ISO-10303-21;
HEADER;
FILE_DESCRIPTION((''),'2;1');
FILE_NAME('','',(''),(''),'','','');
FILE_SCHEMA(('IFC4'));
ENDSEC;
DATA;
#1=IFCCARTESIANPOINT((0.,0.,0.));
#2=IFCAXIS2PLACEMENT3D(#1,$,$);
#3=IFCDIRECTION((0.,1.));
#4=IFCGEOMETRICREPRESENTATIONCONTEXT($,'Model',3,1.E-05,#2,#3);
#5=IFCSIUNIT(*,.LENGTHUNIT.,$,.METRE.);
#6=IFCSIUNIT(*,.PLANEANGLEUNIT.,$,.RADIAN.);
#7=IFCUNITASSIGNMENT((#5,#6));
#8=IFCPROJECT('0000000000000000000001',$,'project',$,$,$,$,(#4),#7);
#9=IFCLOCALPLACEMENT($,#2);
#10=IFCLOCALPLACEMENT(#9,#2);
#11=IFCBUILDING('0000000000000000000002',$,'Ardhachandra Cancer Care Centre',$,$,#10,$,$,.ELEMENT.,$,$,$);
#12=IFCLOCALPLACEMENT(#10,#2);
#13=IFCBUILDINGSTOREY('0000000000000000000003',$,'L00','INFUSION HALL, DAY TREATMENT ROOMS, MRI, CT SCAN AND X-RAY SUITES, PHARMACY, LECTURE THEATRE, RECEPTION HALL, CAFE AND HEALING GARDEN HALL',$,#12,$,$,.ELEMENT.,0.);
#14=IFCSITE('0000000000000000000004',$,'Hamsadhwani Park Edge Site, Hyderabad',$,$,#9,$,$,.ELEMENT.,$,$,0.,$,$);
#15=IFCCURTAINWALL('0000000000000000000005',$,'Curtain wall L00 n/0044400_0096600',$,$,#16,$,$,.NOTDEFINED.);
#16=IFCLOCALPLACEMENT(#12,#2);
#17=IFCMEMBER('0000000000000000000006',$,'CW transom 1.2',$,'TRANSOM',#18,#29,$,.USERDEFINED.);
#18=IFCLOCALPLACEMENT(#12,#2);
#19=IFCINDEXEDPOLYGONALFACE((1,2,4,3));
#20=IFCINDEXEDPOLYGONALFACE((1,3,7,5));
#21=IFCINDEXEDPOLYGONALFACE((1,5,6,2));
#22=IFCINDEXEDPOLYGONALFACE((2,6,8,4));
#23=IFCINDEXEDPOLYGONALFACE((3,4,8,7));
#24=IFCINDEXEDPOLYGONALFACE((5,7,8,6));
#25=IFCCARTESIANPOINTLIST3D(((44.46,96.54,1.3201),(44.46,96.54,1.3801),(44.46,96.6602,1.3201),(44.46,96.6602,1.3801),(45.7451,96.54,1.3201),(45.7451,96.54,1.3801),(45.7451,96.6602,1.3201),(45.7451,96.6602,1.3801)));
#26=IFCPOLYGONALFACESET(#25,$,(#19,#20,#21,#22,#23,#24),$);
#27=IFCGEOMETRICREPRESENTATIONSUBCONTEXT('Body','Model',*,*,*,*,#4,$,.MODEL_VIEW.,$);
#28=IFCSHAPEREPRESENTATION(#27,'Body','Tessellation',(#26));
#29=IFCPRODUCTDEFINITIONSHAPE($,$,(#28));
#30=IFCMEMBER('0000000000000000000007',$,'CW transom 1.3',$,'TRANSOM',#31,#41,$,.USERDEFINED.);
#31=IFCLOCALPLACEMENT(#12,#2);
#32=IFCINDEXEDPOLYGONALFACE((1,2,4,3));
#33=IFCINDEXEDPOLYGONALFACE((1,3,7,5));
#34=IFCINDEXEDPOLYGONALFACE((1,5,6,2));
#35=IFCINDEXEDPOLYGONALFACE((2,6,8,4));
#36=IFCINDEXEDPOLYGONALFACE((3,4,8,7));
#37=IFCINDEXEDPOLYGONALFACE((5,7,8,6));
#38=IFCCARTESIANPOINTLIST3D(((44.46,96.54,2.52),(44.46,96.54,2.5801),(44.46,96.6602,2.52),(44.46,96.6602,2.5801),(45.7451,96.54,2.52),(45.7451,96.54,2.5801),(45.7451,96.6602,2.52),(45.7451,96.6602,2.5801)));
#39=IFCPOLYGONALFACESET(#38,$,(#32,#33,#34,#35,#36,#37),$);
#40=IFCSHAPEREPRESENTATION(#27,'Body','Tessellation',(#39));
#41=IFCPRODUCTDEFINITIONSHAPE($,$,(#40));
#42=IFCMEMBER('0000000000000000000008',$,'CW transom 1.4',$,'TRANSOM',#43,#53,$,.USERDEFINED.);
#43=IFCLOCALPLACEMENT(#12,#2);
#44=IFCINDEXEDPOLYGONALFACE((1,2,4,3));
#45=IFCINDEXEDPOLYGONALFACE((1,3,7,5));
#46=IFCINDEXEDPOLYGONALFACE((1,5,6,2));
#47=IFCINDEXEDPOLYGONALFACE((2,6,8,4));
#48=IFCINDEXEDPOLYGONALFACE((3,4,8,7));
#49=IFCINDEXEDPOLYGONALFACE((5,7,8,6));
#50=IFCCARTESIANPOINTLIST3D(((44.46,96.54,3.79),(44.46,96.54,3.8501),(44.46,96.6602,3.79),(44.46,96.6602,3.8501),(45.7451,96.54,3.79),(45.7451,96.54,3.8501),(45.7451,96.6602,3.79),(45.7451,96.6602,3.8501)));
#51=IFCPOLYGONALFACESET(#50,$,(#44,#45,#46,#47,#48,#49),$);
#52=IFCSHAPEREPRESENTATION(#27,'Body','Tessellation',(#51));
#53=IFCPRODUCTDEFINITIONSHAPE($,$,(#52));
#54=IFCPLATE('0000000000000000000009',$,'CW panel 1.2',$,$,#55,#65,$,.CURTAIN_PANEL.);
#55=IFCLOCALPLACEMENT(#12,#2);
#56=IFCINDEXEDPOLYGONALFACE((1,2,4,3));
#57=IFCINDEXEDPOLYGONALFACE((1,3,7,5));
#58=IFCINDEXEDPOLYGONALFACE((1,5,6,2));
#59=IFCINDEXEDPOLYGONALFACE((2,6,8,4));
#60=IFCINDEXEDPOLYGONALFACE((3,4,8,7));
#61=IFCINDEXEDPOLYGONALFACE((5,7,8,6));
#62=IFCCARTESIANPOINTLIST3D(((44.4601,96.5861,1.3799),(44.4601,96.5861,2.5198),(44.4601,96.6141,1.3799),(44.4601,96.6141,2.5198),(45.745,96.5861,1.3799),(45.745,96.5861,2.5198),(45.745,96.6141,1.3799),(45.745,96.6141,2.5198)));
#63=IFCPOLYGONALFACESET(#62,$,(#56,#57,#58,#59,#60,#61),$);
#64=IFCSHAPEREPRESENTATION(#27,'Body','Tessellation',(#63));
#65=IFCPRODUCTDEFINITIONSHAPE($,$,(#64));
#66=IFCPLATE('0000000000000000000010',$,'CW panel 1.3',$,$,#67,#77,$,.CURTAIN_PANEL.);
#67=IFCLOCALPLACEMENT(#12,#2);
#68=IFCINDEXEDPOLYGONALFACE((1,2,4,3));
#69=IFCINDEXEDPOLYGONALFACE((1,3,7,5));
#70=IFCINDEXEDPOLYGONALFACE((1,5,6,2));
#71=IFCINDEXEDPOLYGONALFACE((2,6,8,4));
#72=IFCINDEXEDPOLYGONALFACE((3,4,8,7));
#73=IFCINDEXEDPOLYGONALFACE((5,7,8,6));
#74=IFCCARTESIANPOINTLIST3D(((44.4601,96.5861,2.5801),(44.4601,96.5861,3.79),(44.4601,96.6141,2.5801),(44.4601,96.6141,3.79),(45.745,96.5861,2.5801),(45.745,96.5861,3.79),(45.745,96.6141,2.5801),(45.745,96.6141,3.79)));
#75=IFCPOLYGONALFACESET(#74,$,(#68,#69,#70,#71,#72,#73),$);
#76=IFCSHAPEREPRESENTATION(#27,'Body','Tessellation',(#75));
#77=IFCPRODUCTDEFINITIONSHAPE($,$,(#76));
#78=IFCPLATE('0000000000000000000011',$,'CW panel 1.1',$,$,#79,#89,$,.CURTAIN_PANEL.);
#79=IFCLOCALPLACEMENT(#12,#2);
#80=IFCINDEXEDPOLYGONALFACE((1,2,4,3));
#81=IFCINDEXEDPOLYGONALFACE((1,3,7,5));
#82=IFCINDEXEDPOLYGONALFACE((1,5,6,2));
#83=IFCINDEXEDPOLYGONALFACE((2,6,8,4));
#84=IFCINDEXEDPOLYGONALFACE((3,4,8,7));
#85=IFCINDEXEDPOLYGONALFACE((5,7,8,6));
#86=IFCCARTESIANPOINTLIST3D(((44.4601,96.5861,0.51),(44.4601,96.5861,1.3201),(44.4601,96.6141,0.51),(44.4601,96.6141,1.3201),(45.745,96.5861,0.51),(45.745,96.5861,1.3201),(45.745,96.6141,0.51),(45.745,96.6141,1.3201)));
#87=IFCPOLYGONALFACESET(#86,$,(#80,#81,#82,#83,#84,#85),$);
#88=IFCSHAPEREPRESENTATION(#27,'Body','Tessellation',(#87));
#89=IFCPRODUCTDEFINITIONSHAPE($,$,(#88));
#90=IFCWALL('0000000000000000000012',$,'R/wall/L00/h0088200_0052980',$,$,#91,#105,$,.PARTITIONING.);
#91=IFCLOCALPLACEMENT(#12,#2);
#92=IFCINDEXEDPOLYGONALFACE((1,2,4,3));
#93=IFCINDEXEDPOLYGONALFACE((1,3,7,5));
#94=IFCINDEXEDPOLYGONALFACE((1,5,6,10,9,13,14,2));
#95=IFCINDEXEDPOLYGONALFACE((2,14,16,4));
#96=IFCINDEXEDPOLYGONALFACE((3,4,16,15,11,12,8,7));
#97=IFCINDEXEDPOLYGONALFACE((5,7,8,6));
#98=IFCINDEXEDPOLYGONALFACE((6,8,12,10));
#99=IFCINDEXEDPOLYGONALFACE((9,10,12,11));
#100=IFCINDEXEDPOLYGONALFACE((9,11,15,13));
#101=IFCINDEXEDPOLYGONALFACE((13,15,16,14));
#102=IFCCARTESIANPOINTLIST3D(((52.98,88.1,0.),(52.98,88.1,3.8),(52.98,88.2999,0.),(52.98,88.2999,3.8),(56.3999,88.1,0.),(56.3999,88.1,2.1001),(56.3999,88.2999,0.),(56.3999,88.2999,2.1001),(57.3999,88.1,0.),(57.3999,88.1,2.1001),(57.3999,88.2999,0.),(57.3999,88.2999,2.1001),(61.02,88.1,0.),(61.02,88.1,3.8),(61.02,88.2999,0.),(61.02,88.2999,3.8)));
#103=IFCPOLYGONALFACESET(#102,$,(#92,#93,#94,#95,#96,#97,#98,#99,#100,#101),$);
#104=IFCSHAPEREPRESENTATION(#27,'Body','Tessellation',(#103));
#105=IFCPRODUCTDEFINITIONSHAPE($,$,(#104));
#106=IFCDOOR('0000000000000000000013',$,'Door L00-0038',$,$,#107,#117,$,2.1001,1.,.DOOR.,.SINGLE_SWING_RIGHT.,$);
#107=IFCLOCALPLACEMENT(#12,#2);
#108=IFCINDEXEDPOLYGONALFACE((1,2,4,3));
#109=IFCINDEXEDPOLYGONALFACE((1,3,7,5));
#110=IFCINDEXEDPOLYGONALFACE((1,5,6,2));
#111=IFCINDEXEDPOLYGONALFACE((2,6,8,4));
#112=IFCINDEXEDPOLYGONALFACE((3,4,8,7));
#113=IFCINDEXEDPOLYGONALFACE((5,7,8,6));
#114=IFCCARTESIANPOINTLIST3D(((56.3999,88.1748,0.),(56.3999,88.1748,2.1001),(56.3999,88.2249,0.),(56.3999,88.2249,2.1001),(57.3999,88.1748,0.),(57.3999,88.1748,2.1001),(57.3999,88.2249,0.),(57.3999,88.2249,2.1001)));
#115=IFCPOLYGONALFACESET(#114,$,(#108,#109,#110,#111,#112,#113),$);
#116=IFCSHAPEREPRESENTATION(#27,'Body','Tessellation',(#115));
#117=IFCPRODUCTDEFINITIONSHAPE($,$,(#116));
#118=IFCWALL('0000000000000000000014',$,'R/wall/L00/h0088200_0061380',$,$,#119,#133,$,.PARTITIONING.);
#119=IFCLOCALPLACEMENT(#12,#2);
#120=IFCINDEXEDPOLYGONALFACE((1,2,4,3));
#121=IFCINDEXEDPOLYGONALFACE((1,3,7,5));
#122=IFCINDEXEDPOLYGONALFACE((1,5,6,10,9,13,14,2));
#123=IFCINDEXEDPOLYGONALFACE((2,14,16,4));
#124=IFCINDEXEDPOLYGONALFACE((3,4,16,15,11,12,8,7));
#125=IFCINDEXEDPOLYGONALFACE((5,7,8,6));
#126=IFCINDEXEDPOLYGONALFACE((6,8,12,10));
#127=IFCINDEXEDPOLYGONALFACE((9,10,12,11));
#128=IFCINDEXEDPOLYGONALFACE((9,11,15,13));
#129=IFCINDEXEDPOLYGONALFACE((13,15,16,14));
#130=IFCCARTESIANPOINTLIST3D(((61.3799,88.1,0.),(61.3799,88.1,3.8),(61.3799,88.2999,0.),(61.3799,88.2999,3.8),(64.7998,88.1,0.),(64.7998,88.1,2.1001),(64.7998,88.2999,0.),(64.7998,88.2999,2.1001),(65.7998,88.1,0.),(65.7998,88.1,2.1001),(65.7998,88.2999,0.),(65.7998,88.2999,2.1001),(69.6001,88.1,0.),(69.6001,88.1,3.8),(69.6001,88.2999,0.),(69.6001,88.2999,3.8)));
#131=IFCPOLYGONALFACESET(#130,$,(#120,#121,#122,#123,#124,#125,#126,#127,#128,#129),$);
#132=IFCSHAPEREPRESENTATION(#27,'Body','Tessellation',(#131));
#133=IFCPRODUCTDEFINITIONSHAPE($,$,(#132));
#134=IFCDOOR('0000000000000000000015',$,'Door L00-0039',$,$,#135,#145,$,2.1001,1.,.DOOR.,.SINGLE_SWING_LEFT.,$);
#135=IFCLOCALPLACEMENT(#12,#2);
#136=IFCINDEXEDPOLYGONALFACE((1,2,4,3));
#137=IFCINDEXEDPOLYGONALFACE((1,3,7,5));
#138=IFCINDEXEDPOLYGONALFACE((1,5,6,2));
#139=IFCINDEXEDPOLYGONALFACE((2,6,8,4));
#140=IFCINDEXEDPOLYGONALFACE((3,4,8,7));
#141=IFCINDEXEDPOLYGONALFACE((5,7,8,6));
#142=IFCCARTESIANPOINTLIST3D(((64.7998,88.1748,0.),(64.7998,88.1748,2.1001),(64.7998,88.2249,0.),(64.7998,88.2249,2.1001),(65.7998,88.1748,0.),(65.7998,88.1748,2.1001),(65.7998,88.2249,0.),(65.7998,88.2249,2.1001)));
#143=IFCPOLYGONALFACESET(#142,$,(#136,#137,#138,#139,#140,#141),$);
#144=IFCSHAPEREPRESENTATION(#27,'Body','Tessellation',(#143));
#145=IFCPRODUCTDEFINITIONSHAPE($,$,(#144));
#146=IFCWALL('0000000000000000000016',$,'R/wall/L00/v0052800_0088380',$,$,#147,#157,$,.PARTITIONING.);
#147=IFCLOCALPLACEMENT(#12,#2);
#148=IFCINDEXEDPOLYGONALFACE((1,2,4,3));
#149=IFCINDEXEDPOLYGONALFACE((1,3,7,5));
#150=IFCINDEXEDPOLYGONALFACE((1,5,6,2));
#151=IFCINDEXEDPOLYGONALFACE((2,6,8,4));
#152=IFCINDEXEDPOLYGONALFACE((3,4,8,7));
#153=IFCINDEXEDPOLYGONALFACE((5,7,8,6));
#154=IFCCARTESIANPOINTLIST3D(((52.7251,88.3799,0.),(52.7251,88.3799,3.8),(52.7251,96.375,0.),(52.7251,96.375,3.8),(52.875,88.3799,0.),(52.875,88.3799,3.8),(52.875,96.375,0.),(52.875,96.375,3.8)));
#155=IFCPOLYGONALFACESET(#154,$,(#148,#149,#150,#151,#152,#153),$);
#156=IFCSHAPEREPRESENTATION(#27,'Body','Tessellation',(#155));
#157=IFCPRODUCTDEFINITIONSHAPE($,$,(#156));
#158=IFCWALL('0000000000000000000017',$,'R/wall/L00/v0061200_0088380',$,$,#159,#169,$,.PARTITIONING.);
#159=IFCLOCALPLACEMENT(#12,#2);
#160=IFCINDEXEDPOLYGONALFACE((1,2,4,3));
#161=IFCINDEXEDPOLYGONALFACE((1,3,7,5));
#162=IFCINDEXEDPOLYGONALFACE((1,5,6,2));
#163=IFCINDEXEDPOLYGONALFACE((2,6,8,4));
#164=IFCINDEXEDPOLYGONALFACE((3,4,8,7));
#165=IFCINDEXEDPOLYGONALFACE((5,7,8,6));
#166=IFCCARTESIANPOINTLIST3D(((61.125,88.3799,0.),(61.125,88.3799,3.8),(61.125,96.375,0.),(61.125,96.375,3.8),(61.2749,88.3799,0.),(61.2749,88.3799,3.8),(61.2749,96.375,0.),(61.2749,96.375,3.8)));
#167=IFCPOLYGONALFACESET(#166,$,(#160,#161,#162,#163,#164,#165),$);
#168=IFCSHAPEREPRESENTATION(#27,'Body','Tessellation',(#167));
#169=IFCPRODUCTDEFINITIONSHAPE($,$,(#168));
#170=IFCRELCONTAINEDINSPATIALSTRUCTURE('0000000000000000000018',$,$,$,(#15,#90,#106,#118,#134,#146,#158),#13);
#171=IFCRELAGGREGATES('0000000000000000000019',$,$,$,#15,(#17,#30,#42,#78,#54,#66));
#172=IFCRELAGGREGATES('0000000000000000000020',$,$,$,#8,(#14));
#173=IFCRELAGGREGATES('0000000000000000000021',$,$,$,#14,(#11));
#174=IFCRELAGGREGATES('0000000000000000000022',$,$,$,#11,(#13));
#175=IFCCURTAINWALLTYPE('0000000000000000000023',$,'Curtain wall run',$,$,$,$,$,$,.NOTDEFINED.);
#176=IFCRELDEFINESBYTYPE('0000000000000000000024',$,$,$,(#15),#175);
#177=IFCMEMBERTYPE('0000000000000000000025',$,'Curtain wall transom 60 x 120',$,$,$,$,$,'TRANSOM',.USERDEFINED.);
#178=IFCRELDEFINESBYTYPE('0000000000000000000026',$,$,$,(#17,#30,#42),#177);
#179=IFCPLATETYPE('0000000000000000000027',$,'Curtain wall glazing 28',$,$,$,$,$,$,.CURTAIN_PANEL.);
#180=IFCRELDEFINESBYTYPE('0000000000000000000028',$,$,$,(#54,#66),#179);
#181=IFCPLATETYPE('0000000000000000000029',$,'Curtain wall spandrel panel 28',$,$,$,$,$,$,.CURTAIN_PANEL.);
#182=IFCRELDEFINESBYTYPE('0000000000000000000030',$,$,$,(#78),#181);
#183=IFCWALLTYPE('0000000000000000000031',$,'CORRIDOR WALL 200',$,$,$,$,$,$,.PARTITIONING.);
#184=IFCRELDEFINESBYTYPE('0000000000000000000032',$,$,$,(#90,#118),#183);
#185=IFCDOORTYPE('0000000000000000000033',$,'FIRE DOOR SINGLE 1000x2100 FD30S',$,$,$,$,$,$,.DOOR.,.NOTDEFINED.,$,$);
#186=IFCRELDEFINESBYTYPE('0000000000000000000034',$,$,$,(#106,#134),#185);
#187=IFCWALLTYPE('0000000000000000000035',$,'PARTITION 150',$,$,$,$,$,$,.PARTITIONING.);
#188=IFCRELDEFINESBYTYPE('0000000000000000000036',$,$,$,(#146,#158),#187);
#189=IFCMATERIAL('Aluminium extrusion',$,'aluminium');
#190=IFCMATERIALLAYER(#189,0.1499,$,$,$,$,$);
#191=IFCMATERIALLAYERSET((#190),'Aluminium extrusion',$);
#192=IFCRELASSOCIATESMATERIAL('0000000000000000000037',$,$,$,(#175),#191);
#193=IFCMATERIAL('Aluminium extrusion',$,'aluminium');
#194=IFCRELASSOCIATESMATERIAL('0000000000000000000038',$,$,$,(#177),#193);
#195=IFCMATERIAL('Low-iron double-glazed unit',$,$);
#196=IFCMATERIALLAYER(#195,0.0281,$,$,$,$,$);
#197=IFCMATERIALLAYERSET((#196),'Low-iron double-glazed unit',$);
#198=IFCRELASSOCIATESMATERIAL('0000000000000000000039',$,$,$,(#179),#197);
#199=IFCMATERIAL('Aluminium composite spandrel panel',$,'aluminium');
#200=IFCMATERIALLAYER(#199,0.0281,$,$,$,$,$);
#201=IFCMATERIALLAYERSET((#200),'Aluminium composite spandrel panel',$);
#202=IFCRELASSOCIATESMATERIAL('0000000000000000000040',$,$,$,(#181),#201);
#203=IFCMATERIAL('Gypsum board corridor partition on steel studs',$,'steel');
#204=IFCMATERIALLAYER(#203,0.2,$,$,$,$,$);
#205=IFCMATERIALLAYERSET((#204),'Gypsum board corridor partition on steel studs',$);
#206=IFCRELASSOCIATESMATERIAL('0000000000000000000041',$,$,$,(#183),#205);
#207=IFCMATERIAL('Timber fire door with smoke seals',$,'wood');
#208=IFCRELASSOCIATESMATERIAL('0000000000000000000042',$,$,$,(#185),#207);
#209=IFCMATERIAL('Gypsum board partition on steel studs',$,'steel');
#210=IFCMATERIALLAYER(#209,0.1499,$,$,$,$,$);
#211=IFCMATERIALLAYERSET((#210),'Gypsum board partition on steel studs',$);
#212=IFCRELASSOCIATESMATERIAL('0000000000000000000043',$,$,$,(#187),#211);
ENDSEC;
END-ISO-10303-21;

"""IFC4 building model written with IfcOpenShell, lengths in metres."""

from ifc_helpers import new_model, si_unit, direction, frame, frame_2d, origin, origin_2d, place, context, subcontext, project, spatial, rectangle, extrude, material, layer, layer_set, material_profile, profile_set, type_object, element, fill, aggregate, save


model = new_model("IFC4")

# Units and contexts
model_context = context("Model", 3, precision=1e-05, world=origin(), true_north=direction((0.0, 1.0)))
body_context = subcontext(model_context, "Body", "Model", "MODEL_VIEW")
ifc_project = project(units=[si_unit("LENGTHUNIT", "METRE"), si_unit("PLANEANGLEUNIT", "RADIAN")], contexts=[model_context])

# Site, building, storey
site_placement = place(None, origin())
site = spatial("IfcSite", under=ifc_project, at=site_placement, Name="Hamsadhwani Park Edge Site, Hyderabad", CompositionType="ELEMENT", RefElevation=0.0)
building_placement = place(site_placement, origin())
building = spatial("IfcBuilding", under=site, at=building_placement, Name="Ardhachandra Cancer Care Centre", CompositionType="ELEMENT")
storey_placement = place(building_placement, origin())
storey = spatial("IfcBuildingStorey", under=building, at=storey_placement, Name="L00", Description="INFUSION HALL, DAY TREATMENT ROOMS, MRI, CT SCAN AND X-RAY SUITES, PHARMACY, LECTURE THEATRE, RECEPTION HALL, CAFE AND HEALING GARDEN HALL", CompositionType="ELEMENT", Elevation=0.0)

# Curtain wall, members, plates
ifc_material_1 = material(Name="Aluminium extrusion", Category="aluminium")
ifc_layer_1 = layer(ifc_material_1, 0.1499)
ifc_layer_set_1 = layer_set([ifc_layer_1], Name="Aluminium extrusion")
curtain_wall_type = type_object("IfcCurtainWallType", Name="Curtain wall run", PredefinedType="NOTDEFINED", material=ifc_layer_set_1)
curtain_wall_placement = place(storey_placement, origin())
curtain_wall = element("IfcCurtainWall", 1, at=curtain_wall_placement, inside=storey, type_object=curtain_wall_type, Name="Curtain wall L00 n/0044400_0096600", PredefinedType="NOTDEFINED")
ifc_material_2 = material(Name="Aluminium extrusion", Category="aluminium")
ifc_material_profile_1 = material_profile(ifc_material_2, rectangle(XDim=0.1201, YDim=0.0601, at=origin_2d()), Name="Curtain wall transom 60 x 120")
ifc_profile_set_1 = profile_set([ifc_material_profile_1], Name="Aluminium extrusion")
member_type = type_object("IfcMemberType", Name="Curtain wall transom 60 x 120", ElementType="TRANSOM", PredefinedType="USERDEFINED", material=ifc_profile_set_1)
member_1_placement = place(storey_placement, frame((44.46, 96.6001, 1.3501), z_axis=(1.0, 0.0, 0.0), x_axis=(0.0, 1.0, 0.0)))
member_1 = element("IfcMember", 2, at=member_1_placement, type_object=member_type, Name="CW transom 1.2", ObjectType="TRANSOM", PredefinedType="USERDEFINED", context=body_context, shape_type="SweptSolid", body=[
    extrude(rectangle(XDim=0.1201, YDim=0.0601, at=origin_2d()), origin(), (0.0, 0.0, 1.0), 1.2852),
])
member_2_placement = place(storey_placement, frame((44.46, 96.6001, 2.55), z_axis=(1.0, 0.0, 0.0), x_axis=(0.0, 1.0, 0.0)))
member_2 = element("IfcMember", 3, at=member_2_placement, type_object=member_type, Name="CW transom 1.3", ObjectType="TRANSOM", PredefinedType="USERDEFINED", context=body_context, shape_type="SweptSolid", body=[
    extrude(rectangle(XDim=0.1201, YDim=0.0601, at=origin_2d()), origin(), (0.0, 0.0, 1.0), 1.2852),
])
member_3_placement = place(storey_placement, frame((44.46, 96.6001, 3.8201), z_axis=(1.0, 0.0, 0.0), x_axis=(0.0, 1.0, 0.0)))
member_3 = element("IfcMember", 4, at=member_3_placement, type_object=member_type, Name="CW transom 1.4", ObjectType="TRANSOM", PredefinedType="USERDEFINED", context=body_context, shape_type="SweptSolid", body=[
    extrude(rectangle(XDim=0.1201, YDim=0.0601, at=origin_2d()), origin(), (0.0, 0.0, 1.0), 1.2852),
])
ifc_material_3 = material(Name="Low-iron double-glazed unit")
ifc_layer_2 = layer(ifc_material_3, 0.0281)
ifc_layer_set_2 = layer_set([ifc_layer_2], Name="Low-iron double-glazed unit")
plate_type_1 = type_object("IfcPlateType", Name="Curtain wall glazing 28", PredefinedType="CURTAIN_PANEL", material=ifc_layer_set_2)
plate_1_placement = place(storey_placement, frame((45.1025, 96.6001, 1.3799), z_axis=(0.0, 0.0, 1.0), x_axis=(1.0, 0.0, 0.0)))
plate_1 = element("IfcPlate", 5, at=plate_1_placement, type_object=plate_type_1, Name="CW panel 1.2", PredefinedType="CURTAIN_PANEL", context=body_context, shape_type="SweptSolid", body=[
    extrude(rectangle(XDim=1.2849, YDim=0.0281, at=origin_2d()), origin(), (0.0, 0.0, 1.0), 1.1399),
])
plate_2_placement = place(storey_placement, frame((45.1025, 96.6001, 2.5801), z_axis=(0.0, 0.0, 1.0), x_axis=(1.0, 0.0, 0.0)))
plate_2 = element("IfcPlate", 6, at=plate_2_placement, type_object=plate_type_1, Name="CW panel 1.3", PredefinedType="CURTAIN_PANEL", context=body_context, shape_type="SweptSolid", body=[
    extrude(rectangle(XDim=1.2849, YDim=0.0281, at=origin_2d()), origin(), (0.0, 0.0, 1.0), 1.21),
])
ifc_material_4 = material(Name="Aluminium composite spandrel panel", Category="aluminium")
ifc_layer_3 = layer(ifc_material_4, 0.0281)
ifc_layer_set_3 = layer_set([ifc_layer_3], Name="Aluminium composite spandrel panel")
plate_type_2 = type_object("IfcPlateType", Name="Curtain wall spandrel panel 28", PredefinedType="CURTAIN_PANEL", material=ifc_layer_set_3)
plate_3_placement = place(storey_placement, frame((45.1025, 96.6001, 0.51), z_axis=(0.0, 0.0, 1.0), x_axis=(1.0, 0.0, 0.0)))
plate_3 = element("IfcPlate", 7, at=plate_3_placement, type_object=plate_type_2, Name="CW panel 1.1", PredefinedType="CURTAIN_PANEL", context=body_context, shape_type="SweptSolid", body=[
    extrude(rectangle(XDim=1.2849, YDim=0.0281, at=origin_2d()), origin(), (0.0, 0.0, 1.0), 0.8101),
])
aggregate(curtain_wall, [member_1, member_2, member_3, plate_3, plate_1, plate_2])

# Walls, openings, doors
ifc_material_5 = material(Name="Gypsum board corridor partition on steel studs", Category="steel")
ifc_layer_4 = layer(ifc_material_5, 0.2)
ifc_layer_set_4 = layer_set([ifc_layer_4], Name="Gypsum board corridor partition on steel studs")
wall_type_1 = type_object("IfcWallType", Name="CORRIDOR WALL 200", PredefinedType="PARTITIONING", material=ifc_layer_set_4)
wall_1_placement = place(storey_placement, frame((52.98, 88.2, 0.0), z_axis=(0.0, 0.0, 1.0), x_axis=(1.0, 0.0, 0.0)))
wall_1 = element("IfcWall", 8, at=wall_1_placement, inside=storey, type_object=wall_type_1, Name="R/wall/L00/h0088200_0052980", PredefinedType="PARTITIONING", context=body_context, shape_type="SweptSolid", body=[
    extrude(rectangle(XDim=8.04, YDim=0.2, at=frame_2d((4.02, 0.0))), origin(), (0.0, 0.0, 1.0), 3.8),
])
opening_1_placement = place(wall_1_placement, frame((3.4199, 0.0, 0.0)))
opening_1 = element("IfcOpeningElement", 9, at=opening_1_placement, cuts=wall_1, PredefinedType="OPENING", context=body_context, shape_type="SweptSolid", body=[
    extrude(rectangle(XDim=1.0, YDim=2.1001, at=frame_2d((0.5, 1.05))), frame((0.0, 0.1099, 0.0), z_axis=(0.0, -1.0, 0.0), x_axis=(1.0, 0.0, 0.0)), (0.0, 0.0, 1.0), 0.22),
])
ifc_material_6 = material(Name="Timber fire door with smoke seals", Category="wood")
door_type = type_object("IfcDoorType", Name="FIRE DOOR SINGLE 1000x2100 FD30S", OperationType="NOTDEFINED", PredefinedType="DOOR", material=ifc_material_6)
door_1_placement = place(opening_1_placement, origin())
door_1 = element("IfcDoor", 10, at=door_1_placement, inside=storey, type_object=door_type, Name="Door L00-0038", OperationType="SINGLE_SWING_RIGHT", OverallHeight=2.1001, OverallWidth=1.0, PredefinedType="DOOR", context=body_context, shape_type="SweptSolid", body=[
    extrude(rectangle(XDim=1.0, YDim=2.1001, at=frame_2d((0.5, 1.05))), frame((0.0, 0.0249, 0.0), z_axis=(0.0, -1.0, 0.0), x_axis=(1.0, 0.0, 0.0)), (0.0, 0.0, 1.0), 0.05),
])
fill(opening_1, door_1)
wall_2_placement = place(storey_placement, frame((61.3799, 88.2, 0.0), z_axis=(0.0, 0.0, 1.0), x_axis=(1.0, 0.0, 0.0)))
wall_2 = element("IfcWall", 11, at=wall_2_placement, inside=storey, type_object=wall_type_1, Name="R/wall/L00/h0088200_0061380", PredefinedType="PARTITIONING", context=body_context, shape_type="SweptSolid", body=[
    extrude(rectangle(XDim=8.2202, YDim=0.2, at=frame_2d((4.1101, 0.0))), origin(), (0.0, 0.0, 1.0), 3.8),
])
opening_2_placement = place(wall_2_placement, frame((3.4199, 0.0, 0.0)))
opening_2 = element("IfcOpeningElement", 12, at=opening_2_placement, cuts=wall_2, PredefinedType="OPENING", context=body_context, shape_type="SweptSolid", body=[
    extrude(rectangle(XDim=1.0, YDim=2.1001, at=frame_2d((0.5, 1.05))), frame((0.0, 0.1099, 0.0), z_axis=(0.0, -1.0, 0.0), x_axis=(1.0, 0.0, 0.0)), (0.0, 0.0, 1.0), 0.22),
])
door_2_placement = place(opening_2_placement, origin())
door_2 = element("IfcDoor", 13, at=door_2_placement, inside=storey, type_object=door_type, Name="Door L00-0039", OperationType="SINGLE_SWING_LEFT", OverallHeight=2.1001, OverallWidth=1.0, PredefinedType="DOOR", context=body_context, shape_type="SweptSolid", body=[
    extrude(rectangle(XDim=1.0, YDim=2.1001, at=frame_2d((0.5, 1.05))), frame((0.0, 0.0249, 0.0), z_axis=(0.0, -1.0, 0.0), x_axis=(1.0, 0.0, 0.0)), (0.0, 0.0, 1.0), 0.05),
])
fill(opening_2, door_2)

# Walls
ifc_material_7 = material(Name="Gypsum board partition on steel studs", Category="steel")
ifc_layer_5 = layer(ifc_material_7, 0.1499)
ifc_layer_set_5 = layer_set([ifc_layer_5], Name="Gypsum board partition on steel studs")
wall_type_2 = type_object("IfcWallType", Name="PARTITION 150", PredefinedType="PARTITIONING", material=ifc_layer_set_5)
for number, where, z_axis, x_axis, name in (
    (14, (52.8, 88.3799, 0.0), (0.0, 0.0, 1.0), (0.0, 1.0, 0.0), "R/wall/L00/v0052800_0088380"),
    (15, (61.2, 88.3799, 0.0), (0.0, 0.0, 1.0), (0.0, 1.0, 0.0), "R/wall/L00/v0061200_0088380"),
):
    element("IfcWall", number, at=place(storey_placement, frame(where, z_axis=z_axis, x_axis=x_axis)), inside=storey, type_object=wall_type_2, Name=name, PredefinedType="PARTITIONING", context=body_context, shape_type="SweptSolid", body=[
        extrude(rectangle(XDim=7.9951, YDim=0.1499, at=frame_2d((3.9976, 0.0))), origin(), (0.0, 0.0, 1.0), 3.8),
    ])

save(model, "model.ifc")
